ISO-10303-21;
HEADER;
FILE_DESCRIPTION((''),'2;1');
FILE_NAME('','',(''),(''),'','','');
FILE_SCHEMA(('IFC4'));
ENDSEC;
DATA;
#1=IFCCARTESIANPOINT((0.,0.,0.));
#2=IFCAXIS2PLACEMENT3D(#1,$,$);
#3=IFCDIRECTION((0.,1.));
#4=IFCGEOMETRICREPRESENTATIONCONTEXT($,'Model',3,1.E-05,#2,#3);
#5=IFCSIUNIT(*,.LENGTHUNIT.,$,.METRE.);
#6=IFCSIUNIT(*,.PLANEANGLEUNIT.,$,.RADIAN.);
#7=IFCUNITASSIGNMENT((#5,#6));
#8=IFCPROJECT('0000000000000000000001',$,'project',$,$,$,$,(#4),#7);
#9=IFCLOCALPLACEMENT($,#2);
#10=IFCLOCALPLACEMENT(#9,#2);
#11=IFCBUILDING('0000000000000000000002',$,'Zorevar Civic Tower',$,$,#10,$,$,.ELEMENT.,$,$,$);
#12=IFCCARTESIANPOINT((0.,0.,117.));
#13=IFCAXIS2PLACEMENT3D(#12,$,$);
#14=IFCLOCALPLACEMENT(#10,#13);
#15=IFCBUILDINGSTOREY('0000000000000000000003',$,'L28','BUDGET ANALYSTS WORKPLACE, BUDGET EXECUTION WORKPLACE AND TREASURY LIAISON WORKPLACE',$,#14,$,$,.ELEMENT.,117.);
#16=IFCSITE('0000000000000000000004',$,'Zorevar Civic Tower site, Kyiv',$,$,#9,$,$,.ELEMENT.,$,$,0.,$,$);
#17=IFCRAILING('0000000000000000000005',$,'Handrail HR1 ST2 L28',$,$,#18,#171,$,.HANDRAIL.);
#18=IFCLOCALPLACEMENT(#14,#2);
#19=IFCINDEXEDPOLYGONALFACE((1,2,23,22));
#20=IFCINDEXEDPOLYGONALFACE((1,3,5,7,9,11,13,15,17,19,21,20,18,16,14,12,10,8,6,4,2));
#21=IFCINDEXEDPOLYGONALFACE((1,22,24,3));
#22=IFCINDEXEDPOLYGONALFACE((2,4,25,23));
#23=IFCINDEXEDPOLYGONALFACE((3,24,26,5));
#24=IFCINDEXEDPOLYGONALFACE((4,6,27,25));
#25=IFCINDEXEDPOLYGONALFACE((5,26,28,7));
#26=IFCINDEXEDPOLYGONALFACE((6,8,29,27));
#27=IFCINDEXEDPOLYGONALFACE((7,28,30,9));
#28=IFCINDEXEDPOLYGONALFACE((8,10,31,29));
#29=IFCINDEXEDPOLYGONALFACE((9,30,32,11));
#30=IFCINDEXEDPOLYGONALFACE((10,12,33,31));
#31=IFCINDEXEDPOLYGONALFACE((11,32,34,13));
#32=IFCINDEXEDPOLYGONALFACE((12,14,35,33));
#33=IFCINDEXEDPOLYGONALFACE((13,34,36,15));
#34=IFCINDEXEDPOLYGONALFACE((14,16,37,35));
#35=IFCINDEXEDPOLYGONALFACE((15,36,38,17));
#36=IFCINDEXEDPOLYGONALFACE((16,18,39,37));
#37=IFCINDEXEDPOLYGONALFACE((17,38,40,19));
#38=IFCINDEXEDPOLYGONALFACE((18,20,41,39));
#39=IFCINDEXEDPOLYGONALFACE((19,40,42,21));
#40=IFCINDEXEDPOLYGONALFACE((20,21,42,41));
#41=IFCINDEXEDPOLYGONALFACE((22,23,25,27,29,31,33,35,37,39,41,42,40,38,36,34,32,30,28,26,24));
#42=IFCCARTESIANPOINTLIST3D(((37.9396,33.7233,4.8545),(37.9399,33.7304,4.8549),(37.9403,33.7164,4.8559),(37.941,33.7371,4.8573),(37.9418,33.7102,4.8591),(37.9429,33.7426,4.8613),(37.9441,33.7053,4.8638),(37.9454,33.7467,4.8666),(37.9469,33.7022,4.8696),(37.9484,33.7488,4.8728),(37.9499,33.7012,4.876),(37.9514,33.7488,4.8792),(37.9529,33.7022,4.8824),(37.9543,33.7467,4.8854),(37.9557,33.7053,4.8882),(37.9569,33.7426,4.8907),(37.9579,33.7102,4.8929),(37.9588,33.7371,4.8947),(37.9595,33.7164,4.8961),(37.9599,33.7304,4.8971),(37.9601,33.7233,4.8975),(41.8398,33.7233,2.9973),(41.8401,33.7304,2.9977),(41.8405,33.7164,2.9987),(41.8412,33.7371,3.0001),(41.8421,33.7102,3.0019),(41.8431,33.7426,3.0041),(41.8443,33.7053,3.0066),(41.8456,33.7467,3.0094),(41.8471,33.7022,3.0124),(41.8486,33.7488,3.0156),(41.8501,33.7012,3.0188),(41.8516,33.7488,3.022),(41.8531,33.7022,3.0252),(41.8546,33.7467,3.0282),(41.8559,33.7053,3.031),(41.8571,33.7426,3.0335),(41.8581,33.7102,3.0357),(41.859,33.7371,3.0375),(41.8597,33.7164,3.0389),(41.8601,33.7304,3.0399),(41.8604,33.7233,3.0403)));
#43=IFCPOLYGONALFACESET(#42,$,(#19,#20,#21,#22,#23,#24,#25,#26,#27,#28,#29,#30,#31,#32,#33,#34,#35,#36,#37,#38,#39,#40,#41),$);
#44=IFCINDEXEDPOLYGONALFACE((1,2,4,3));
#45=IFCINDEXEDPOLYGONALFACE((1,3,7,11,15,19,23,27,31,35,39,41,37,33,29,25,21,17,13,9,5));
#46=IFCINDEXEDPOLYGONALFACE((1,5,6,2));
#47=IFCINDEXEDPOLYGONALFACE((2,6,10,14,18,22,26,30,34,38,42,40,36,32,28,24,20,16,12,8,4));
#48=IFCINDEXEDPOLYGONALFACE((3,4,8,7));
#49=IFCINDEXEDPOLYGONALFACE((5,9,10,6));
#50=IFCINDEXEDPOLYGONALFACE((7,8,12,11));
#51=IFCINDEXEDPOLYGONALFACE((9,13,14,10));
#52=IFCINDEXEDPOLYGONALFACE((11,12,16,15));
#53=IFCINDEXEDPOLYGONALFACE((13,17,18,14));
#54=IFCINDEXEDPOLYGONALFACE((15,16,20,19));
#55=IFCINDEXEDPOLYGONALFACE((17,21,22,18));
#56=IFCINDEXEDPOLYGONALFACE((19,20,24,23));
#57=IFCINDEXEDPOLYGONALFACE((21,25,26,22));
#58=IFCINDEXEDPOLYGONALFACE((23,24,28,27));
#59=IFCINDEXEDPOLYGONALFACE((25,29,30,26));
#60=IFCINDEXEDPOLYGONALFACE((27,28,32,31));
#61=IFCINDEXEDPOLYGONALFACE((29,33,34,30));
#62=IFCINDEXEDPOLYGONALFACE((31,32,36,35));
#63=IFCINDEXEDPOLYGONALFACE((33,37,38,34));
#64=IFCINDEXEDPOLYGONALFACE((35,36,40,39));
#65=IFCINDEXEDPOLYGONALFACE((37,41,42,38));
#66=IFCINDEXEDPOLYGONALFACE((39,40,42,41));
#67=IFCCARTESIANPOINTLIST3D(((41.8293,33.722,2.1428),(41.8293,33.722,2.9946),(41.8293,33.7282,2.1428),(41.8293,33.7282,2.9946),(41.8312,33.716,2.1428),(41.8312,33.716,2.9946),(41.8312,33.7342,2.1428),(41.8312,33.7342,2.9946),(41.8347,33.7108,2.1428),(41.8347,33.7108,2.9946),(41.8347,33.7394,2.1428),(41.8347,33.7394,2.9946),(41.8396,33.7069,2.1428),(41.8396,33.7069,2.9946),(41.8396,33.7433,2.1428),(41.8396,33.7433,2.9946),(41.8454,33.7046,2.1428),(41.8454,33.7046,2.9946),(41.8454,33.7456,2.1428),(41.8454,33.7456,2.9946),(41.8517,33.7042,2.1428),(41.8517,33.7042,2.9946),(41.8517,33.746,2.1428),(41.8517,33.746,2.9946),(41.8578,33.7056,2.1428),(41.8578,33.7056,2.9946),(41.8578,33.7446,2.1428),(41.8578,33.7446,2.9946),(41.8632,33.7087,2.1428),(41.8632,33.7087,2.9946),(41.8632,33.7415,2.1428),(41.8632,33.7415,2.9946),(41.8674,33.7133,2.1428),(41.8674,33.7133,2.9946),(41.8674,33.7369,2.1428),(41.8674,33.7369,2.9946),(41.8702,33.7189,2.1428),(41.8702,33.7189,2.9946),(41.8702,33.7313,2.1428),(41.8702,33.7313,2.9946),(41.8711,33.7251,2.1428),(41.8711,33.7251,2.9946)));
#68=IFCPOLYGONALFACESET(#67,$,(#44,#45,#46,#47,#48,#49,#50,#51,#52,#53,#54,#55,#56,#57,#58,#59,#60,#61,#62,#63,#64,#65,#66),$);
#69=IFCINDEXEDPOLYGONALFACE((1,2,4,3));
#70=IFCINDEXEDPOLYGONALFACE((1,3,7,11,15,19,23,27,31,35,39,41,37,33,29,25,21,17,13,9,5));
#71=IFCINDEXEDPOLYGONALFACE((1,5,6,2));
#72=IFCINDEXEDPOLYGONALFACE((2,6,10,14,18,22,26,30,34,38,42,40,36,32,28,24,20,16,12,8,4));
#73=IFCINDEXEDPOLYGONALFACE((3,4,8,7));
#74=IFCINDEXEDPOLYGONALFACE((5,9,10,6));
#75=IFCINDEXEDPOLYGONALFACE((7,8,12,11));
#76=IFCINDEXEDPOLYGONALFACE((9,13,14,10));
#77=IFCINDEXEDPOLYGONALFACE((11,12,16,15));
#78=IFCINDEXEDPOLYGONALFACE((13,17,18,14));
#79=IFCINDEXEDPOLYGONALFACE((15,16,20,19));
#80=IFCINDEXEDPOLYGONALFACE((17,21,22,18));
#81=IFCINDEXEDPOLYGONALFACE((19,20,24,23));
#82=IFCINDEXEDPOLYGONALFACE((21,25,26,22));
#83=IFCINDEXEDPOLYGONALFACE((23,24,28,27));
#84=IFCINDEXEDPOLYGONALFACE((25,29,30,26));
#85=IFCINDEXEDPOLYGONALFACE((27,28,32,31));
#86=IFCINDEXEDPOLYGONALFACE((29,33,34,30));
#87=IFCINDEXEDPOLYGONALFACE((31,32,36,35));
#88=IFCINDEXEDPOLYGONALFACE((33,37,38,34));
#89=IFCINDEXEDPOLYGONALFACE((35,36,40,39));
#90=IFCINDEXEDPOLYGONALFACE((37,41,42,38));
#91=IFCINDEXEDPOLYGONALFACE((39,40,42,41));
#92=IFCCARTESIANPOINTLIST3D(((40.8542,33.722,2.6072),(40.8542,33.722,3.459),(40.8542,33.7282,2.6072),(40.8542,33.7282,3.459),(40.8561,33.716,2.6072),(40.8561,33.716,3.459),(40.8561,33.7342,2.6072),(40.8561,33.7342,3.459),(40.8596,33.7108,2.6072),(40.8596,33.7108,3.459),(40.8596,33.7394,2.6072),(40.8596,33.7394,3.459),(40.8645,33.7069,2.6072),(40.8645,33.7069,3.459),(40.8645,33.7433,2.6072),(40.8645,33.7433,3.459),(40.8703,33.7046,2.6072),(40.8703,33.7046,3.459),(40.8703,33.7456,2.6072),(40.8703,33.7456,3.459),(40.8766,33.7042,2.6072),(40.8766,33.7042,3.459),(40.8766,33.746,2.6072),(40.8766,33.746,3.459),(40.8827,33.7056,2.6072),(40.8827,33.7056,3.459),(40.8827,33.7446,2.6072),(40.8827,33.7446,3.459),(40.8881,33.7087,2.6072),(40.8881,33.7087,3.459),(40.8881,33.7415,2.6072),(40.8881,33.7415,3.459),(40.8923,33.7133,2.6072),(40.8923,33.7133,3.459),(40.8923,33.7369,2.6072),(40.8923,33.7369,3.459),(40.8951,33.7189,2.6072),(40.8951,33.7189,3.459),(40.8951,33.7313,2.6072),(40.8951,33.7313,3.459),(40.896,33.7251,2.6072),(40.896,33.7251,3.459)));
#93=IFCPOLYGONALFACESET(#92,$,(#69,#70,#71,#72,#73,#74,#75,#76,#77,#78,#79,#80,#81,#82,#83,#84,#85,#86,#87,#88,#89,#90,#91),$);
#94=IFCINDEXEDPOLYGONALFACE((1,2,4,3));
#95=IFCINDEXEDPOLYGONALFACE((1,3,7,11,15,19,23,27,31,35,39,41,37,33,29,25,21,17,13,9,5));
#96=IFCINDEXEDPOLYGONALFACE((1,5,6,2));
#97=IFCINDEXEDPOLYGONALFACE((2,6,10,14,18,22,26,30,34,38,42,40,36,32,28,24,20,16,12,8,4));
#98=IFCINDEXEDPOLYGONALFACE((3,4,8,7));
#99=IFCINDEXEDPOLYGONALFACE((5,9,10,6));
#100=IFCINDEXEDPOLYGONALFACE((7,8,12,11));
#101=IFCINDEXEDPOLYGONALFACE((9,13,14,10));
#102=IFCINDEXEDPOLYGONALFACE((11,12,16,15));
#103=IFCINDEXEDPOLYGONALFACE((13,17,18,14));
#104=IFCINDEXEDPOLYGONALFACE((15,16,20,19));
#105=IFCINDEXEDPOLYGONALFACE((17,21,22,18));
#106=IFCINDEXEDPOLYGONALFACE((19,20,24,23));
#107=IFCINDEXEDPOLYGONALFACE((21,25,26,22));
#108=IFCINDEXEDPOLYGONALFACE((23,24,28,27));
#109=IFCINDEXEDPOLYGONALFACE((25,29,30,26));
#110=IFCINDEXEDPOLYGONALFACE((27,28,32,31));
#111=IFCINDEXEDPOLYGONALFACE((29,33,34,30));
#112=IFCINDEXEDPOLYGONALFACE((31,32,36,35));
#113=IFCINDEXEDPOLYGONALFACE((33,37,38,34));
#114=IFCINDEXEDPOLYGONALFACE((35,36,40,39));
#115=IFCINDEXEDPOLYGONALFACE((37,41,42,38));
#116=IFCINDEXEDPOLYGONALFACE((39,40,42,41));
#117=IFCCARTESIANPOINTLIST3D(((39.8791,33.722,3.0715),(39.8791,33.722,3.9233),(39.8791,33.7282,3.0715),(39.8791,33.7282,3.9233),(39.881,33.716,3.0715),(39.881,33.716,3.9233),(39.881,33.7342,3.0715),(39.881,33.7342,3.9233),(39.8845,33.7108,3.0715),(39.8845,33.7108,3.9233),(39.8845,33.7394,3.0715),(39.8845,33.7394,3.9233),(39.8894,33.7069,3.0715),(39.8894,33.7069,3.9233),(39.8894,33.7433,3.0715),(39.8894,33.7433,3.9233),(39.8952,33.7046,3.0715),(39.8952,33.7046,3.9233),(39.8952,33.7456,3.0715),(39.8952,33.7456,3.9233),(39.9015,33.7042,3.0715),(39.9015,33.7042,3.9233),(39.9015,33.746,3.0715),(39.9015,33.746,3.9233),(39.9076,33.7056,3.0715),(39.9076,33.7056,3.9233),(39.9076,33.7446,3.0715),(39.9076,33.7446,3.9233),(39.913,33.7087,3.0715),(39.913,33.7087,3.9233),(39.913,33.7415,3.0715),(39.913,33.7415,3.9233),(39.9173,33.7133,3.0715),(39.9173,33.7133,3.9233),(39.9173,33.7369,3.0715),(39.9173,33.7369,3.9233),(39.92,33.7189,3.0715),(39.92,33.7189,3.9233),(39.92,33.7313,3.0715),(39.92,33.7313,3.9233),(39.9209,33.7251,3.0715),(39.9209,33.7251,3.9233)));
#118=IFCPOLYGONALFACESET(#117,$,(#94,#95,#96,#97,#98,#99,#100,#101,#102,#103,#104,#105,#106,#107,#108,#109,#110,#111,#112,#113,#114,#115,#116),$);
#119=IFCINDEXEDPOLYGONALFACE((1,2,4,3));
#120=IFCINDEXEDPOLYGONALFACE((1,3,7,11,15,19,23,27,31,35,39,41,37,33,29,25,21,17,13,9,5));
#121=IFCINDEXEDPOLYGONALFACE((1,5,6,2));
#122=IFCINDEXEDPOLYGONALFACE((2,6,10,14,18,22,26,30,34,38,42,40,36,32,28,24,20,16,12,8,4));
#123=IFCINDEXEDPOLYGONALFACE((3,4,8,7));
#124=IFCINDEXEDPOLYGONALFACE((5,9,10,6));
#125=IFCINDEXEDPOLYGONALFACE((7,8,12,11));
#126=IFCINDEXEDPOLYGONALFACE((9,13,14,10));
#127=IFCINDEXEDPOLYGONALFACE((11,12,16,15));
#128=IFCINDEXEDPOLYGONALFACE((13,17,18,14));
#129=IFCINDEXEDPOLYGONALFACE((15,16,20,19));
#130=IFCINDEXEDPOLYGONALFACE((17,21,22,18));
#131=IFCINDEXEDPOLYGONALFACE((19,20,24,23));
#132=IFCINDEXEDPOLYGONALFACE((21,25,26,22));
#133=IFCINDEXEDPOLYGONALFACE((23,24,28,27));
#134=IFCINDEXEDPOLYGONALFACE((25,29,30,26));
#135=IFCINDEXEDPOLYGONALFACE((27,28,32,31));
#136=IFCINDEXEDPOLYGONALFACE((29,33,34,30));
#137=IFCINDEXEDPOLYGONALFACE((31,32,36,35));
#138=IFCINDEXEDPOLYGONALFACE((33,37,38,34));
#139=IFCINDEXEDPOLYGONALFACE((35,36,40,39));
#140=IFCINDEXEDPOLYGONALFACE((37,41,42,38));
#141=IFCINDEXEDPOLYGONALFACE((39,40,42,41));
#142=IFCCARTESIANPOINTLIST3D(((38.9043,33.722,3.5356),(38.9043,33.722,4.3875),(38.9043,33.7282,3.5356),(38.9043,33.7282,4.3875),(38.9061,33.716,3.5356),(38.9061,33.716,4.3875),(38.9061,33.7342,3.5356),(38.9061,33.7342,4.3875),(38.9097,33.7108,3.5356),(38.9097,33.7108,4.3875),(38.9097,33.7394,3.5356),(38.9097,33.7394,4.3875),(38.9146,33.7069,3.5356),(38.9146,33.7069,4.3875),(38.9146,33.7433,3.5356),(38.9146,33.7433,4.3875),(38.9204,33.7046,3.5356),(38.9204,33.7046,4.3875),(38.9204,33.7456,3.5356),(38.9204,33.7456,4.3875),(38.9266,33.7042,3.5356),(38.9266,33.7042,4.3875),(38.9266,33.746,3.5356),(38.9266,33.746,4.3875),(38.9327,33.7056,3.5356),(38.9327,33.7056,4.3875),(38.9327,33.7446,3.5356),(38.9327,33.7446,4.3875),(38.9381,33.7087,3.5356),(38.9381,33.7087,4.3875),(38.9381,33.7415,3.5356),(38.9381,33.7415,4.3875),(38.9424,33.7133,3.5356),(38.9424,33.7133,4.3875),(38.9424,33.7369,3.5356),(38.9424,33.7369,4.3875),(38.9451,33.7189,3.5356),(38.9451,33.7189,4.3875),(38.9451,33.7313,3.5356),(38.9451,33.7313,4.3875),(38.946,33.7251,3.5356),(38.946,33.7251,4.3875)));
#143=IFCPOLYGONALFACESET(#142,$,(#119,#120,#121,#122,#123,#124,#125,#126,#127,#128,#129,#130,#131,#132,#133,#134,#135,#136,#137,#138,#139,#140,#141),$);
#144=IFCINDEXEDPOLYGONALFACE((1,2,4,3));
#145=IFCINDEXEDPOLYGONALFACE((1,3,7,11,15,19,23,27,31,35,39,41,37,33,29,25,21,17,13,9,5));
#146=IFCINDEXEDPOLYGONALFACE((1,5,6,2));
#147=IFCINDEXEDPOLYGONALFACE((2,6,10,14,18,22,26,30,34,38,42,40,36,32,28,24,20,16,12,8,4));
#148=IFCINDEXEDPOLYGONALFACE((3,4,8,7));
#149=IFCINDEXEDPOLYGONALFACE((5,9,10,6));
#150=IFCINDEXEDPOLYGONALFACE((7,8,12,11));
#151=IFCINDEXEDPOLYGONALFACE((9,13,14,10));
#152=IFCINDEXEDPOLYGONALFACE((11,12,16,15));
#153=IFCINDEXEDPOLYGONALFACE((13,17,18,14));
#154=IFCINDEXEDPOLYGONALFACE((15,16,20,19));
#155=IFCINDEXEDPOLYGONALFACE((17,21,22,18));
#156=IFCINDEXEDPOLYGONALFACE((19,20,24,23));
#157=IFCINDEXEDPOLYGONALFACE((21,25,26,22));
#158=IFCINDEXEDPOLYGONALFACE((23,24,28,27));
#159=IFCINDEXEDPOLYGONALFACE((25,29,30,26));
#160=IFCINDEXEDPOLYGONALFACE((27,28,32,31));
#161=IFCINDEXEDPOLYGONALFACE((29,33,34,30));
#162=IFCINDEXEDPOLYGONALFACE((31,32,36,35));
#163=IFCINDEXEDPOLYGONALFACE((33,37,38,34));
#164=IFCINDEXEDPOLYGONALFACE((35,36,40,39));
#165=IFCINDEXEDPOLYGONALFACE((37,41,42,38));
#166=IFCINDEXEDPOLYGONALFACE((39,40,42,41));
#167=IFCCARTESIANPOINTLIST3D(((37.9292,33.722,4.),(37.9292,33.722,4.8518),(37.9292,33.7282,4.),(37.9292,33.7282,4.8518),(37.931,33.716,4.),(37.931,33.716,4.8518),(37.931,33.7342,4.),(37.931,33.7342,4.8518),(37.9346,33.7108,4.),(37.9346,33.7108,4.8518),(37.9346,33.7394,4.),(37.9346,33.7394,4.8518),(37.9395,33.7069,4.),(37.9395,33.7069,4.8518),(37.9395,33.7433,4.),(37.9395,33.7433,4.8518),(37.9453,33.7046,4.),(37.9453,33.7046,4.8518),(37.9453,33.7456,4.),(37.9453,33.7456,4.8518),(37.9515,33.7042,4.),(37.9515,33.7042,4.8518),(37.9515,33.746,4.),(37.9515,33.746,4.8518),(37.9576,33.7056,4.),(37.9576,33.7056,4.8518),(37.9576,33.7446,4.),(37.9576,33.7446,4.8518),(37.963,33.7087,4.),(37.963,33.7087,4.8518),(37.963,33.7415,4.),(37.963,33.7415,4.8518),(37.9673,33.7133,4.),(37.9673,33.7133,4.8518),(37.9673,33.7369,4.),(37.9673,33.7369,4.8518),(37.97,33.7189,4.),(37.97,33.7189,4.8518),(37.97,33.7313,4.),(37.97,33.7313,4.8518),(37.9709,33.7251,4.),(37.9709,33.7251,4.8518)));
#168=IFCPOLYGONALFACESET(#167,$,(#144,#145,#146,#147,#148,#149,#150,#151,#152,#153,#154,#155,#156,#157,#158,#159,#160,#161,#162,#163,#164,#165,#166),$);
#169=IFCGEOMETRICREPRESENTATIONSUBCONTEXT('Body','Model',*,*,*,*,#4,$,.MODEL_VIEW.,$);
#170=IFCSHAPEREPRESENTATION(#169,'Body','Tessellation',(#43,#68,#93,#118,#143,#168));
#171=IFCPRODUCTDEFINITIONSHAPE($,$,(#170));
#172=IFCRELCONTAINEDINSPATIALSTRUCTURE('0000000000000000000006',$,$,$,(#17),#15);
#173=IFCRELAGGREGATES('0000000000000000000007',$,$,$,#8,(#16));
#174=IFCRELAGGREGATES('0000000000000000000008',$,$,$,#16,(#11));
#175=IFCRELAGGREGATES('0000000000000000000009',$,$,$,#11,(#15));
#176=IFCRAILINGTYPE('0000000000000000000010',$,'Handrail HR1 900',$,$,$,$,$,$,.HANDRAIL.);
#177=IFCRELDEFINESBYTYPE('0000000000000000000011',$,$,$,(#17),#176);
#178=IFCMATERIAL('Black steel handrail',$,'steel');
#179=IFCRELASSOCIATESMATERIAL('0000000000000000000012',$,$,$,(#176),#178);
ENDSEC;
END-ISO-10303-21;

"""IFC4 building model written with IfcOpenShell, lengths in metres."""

from ifc_helpers import new_model, si_unit, direction, frame, origin, origin_2d, place, context, subcontext, project, spatial, circle, extrude, material, type_object, element, save


model = new_model("IFC4")

# Units and contexts
model_context = context("Model", 3, precision=1e-05, world=origin(), true_north=direction((0.0, 1.0)))
body_context = subcontext(model_context, "Body", "Model", "MODEL_VIEW")
ifc_project = project(units=[si_unit("LENGTHUNIT", "METRE"), si_unit("PLANEANGLEUNIT", "RADIAN")], contexts=[model_context])

# Site, building, storey
site_placement = place(None, origin())
site = spatial("IfcSite", under=ifc_project, at=site_placement, Name="Zorevar Civic Tower site, Kyiv", CompositionType="ELEMENT", RefElevation=0.0)
building_placement = place(site_placement, origin())
building = spatial("IfcBuilding", under=site, at=building_placement, Name="Zorevar Civic Tower", CompositionType="ELEMENT")
storey_placement = place(building_placement, frame((0.0, 0.0, 117.0)))
storey = spatial("IfcBuildingStorey", under=building, at=storey_placement, Name="L28", Description="BUDGET ANALYSTS WORKPLACE, BUDGET EXECUTION WORKPLACE AND TREASURY LIAISON WORKPLACE", CompositionType="ELEMENT", Elevation=117.0)

# Railing
ifc_material_1 = material(Name="Black steel handrail", Category="steel")
railing_type = type_object("IfcRailingType", Name="Handrail HR1 900", PredefinedType="HANDRAIL", material=ifc_material_1)
railing_1_placement = place(storey_placement, frame((41.8501, 33.7251, 2.1428)))
element("IfcRailing", 1, at=railing_1_placement, inside=storey, type_object=railing_type, Name="Handrail HR1 ST2 L28", PredefinedType="HANDRAIL", context=body_context, shape_type="SweptSolid", body=[
    extrude(circle(Radius=0.0239, at=origin_2d()), frame((0.0, 0.0, 0.876), z_axis=(-0.902864, 0.0, 0.429927), x_axis=(0.0, -1.0, 0.0)), (0.0, 0.0, 1.0), 4.3198),
    extrude(circle(Radius=0.021, at=origin_2d()), origin(), (0.0, 0.0, 1.0), 0.8518),
    extrude(circle(Radius=0.021, at=origin_2d()), frame((-0.9751, 0.0, 0.4644)), (0.0, 0.0, 1.0), 0.8518),
    extrude(circle(Radius=0.021, at=origin_2d()), frame((-1.9502, 0.0, 0.9287)), (0.0, 0.0, 1.0), 0.8518),
    extrude(circle(Radius=0.021, at=origin_2d()), frame((-2.925, 0.0, 1.3928)), (0.0, 0.0, 1.0), 0.8518),
    extrude(circle(Radius=0.021, at=origin_2d()), frame((-3.9001, 0.0, 1.8572)), (0.0, 0.0, 1.0), 0.8518),
])

save(model, "model.ifc")
